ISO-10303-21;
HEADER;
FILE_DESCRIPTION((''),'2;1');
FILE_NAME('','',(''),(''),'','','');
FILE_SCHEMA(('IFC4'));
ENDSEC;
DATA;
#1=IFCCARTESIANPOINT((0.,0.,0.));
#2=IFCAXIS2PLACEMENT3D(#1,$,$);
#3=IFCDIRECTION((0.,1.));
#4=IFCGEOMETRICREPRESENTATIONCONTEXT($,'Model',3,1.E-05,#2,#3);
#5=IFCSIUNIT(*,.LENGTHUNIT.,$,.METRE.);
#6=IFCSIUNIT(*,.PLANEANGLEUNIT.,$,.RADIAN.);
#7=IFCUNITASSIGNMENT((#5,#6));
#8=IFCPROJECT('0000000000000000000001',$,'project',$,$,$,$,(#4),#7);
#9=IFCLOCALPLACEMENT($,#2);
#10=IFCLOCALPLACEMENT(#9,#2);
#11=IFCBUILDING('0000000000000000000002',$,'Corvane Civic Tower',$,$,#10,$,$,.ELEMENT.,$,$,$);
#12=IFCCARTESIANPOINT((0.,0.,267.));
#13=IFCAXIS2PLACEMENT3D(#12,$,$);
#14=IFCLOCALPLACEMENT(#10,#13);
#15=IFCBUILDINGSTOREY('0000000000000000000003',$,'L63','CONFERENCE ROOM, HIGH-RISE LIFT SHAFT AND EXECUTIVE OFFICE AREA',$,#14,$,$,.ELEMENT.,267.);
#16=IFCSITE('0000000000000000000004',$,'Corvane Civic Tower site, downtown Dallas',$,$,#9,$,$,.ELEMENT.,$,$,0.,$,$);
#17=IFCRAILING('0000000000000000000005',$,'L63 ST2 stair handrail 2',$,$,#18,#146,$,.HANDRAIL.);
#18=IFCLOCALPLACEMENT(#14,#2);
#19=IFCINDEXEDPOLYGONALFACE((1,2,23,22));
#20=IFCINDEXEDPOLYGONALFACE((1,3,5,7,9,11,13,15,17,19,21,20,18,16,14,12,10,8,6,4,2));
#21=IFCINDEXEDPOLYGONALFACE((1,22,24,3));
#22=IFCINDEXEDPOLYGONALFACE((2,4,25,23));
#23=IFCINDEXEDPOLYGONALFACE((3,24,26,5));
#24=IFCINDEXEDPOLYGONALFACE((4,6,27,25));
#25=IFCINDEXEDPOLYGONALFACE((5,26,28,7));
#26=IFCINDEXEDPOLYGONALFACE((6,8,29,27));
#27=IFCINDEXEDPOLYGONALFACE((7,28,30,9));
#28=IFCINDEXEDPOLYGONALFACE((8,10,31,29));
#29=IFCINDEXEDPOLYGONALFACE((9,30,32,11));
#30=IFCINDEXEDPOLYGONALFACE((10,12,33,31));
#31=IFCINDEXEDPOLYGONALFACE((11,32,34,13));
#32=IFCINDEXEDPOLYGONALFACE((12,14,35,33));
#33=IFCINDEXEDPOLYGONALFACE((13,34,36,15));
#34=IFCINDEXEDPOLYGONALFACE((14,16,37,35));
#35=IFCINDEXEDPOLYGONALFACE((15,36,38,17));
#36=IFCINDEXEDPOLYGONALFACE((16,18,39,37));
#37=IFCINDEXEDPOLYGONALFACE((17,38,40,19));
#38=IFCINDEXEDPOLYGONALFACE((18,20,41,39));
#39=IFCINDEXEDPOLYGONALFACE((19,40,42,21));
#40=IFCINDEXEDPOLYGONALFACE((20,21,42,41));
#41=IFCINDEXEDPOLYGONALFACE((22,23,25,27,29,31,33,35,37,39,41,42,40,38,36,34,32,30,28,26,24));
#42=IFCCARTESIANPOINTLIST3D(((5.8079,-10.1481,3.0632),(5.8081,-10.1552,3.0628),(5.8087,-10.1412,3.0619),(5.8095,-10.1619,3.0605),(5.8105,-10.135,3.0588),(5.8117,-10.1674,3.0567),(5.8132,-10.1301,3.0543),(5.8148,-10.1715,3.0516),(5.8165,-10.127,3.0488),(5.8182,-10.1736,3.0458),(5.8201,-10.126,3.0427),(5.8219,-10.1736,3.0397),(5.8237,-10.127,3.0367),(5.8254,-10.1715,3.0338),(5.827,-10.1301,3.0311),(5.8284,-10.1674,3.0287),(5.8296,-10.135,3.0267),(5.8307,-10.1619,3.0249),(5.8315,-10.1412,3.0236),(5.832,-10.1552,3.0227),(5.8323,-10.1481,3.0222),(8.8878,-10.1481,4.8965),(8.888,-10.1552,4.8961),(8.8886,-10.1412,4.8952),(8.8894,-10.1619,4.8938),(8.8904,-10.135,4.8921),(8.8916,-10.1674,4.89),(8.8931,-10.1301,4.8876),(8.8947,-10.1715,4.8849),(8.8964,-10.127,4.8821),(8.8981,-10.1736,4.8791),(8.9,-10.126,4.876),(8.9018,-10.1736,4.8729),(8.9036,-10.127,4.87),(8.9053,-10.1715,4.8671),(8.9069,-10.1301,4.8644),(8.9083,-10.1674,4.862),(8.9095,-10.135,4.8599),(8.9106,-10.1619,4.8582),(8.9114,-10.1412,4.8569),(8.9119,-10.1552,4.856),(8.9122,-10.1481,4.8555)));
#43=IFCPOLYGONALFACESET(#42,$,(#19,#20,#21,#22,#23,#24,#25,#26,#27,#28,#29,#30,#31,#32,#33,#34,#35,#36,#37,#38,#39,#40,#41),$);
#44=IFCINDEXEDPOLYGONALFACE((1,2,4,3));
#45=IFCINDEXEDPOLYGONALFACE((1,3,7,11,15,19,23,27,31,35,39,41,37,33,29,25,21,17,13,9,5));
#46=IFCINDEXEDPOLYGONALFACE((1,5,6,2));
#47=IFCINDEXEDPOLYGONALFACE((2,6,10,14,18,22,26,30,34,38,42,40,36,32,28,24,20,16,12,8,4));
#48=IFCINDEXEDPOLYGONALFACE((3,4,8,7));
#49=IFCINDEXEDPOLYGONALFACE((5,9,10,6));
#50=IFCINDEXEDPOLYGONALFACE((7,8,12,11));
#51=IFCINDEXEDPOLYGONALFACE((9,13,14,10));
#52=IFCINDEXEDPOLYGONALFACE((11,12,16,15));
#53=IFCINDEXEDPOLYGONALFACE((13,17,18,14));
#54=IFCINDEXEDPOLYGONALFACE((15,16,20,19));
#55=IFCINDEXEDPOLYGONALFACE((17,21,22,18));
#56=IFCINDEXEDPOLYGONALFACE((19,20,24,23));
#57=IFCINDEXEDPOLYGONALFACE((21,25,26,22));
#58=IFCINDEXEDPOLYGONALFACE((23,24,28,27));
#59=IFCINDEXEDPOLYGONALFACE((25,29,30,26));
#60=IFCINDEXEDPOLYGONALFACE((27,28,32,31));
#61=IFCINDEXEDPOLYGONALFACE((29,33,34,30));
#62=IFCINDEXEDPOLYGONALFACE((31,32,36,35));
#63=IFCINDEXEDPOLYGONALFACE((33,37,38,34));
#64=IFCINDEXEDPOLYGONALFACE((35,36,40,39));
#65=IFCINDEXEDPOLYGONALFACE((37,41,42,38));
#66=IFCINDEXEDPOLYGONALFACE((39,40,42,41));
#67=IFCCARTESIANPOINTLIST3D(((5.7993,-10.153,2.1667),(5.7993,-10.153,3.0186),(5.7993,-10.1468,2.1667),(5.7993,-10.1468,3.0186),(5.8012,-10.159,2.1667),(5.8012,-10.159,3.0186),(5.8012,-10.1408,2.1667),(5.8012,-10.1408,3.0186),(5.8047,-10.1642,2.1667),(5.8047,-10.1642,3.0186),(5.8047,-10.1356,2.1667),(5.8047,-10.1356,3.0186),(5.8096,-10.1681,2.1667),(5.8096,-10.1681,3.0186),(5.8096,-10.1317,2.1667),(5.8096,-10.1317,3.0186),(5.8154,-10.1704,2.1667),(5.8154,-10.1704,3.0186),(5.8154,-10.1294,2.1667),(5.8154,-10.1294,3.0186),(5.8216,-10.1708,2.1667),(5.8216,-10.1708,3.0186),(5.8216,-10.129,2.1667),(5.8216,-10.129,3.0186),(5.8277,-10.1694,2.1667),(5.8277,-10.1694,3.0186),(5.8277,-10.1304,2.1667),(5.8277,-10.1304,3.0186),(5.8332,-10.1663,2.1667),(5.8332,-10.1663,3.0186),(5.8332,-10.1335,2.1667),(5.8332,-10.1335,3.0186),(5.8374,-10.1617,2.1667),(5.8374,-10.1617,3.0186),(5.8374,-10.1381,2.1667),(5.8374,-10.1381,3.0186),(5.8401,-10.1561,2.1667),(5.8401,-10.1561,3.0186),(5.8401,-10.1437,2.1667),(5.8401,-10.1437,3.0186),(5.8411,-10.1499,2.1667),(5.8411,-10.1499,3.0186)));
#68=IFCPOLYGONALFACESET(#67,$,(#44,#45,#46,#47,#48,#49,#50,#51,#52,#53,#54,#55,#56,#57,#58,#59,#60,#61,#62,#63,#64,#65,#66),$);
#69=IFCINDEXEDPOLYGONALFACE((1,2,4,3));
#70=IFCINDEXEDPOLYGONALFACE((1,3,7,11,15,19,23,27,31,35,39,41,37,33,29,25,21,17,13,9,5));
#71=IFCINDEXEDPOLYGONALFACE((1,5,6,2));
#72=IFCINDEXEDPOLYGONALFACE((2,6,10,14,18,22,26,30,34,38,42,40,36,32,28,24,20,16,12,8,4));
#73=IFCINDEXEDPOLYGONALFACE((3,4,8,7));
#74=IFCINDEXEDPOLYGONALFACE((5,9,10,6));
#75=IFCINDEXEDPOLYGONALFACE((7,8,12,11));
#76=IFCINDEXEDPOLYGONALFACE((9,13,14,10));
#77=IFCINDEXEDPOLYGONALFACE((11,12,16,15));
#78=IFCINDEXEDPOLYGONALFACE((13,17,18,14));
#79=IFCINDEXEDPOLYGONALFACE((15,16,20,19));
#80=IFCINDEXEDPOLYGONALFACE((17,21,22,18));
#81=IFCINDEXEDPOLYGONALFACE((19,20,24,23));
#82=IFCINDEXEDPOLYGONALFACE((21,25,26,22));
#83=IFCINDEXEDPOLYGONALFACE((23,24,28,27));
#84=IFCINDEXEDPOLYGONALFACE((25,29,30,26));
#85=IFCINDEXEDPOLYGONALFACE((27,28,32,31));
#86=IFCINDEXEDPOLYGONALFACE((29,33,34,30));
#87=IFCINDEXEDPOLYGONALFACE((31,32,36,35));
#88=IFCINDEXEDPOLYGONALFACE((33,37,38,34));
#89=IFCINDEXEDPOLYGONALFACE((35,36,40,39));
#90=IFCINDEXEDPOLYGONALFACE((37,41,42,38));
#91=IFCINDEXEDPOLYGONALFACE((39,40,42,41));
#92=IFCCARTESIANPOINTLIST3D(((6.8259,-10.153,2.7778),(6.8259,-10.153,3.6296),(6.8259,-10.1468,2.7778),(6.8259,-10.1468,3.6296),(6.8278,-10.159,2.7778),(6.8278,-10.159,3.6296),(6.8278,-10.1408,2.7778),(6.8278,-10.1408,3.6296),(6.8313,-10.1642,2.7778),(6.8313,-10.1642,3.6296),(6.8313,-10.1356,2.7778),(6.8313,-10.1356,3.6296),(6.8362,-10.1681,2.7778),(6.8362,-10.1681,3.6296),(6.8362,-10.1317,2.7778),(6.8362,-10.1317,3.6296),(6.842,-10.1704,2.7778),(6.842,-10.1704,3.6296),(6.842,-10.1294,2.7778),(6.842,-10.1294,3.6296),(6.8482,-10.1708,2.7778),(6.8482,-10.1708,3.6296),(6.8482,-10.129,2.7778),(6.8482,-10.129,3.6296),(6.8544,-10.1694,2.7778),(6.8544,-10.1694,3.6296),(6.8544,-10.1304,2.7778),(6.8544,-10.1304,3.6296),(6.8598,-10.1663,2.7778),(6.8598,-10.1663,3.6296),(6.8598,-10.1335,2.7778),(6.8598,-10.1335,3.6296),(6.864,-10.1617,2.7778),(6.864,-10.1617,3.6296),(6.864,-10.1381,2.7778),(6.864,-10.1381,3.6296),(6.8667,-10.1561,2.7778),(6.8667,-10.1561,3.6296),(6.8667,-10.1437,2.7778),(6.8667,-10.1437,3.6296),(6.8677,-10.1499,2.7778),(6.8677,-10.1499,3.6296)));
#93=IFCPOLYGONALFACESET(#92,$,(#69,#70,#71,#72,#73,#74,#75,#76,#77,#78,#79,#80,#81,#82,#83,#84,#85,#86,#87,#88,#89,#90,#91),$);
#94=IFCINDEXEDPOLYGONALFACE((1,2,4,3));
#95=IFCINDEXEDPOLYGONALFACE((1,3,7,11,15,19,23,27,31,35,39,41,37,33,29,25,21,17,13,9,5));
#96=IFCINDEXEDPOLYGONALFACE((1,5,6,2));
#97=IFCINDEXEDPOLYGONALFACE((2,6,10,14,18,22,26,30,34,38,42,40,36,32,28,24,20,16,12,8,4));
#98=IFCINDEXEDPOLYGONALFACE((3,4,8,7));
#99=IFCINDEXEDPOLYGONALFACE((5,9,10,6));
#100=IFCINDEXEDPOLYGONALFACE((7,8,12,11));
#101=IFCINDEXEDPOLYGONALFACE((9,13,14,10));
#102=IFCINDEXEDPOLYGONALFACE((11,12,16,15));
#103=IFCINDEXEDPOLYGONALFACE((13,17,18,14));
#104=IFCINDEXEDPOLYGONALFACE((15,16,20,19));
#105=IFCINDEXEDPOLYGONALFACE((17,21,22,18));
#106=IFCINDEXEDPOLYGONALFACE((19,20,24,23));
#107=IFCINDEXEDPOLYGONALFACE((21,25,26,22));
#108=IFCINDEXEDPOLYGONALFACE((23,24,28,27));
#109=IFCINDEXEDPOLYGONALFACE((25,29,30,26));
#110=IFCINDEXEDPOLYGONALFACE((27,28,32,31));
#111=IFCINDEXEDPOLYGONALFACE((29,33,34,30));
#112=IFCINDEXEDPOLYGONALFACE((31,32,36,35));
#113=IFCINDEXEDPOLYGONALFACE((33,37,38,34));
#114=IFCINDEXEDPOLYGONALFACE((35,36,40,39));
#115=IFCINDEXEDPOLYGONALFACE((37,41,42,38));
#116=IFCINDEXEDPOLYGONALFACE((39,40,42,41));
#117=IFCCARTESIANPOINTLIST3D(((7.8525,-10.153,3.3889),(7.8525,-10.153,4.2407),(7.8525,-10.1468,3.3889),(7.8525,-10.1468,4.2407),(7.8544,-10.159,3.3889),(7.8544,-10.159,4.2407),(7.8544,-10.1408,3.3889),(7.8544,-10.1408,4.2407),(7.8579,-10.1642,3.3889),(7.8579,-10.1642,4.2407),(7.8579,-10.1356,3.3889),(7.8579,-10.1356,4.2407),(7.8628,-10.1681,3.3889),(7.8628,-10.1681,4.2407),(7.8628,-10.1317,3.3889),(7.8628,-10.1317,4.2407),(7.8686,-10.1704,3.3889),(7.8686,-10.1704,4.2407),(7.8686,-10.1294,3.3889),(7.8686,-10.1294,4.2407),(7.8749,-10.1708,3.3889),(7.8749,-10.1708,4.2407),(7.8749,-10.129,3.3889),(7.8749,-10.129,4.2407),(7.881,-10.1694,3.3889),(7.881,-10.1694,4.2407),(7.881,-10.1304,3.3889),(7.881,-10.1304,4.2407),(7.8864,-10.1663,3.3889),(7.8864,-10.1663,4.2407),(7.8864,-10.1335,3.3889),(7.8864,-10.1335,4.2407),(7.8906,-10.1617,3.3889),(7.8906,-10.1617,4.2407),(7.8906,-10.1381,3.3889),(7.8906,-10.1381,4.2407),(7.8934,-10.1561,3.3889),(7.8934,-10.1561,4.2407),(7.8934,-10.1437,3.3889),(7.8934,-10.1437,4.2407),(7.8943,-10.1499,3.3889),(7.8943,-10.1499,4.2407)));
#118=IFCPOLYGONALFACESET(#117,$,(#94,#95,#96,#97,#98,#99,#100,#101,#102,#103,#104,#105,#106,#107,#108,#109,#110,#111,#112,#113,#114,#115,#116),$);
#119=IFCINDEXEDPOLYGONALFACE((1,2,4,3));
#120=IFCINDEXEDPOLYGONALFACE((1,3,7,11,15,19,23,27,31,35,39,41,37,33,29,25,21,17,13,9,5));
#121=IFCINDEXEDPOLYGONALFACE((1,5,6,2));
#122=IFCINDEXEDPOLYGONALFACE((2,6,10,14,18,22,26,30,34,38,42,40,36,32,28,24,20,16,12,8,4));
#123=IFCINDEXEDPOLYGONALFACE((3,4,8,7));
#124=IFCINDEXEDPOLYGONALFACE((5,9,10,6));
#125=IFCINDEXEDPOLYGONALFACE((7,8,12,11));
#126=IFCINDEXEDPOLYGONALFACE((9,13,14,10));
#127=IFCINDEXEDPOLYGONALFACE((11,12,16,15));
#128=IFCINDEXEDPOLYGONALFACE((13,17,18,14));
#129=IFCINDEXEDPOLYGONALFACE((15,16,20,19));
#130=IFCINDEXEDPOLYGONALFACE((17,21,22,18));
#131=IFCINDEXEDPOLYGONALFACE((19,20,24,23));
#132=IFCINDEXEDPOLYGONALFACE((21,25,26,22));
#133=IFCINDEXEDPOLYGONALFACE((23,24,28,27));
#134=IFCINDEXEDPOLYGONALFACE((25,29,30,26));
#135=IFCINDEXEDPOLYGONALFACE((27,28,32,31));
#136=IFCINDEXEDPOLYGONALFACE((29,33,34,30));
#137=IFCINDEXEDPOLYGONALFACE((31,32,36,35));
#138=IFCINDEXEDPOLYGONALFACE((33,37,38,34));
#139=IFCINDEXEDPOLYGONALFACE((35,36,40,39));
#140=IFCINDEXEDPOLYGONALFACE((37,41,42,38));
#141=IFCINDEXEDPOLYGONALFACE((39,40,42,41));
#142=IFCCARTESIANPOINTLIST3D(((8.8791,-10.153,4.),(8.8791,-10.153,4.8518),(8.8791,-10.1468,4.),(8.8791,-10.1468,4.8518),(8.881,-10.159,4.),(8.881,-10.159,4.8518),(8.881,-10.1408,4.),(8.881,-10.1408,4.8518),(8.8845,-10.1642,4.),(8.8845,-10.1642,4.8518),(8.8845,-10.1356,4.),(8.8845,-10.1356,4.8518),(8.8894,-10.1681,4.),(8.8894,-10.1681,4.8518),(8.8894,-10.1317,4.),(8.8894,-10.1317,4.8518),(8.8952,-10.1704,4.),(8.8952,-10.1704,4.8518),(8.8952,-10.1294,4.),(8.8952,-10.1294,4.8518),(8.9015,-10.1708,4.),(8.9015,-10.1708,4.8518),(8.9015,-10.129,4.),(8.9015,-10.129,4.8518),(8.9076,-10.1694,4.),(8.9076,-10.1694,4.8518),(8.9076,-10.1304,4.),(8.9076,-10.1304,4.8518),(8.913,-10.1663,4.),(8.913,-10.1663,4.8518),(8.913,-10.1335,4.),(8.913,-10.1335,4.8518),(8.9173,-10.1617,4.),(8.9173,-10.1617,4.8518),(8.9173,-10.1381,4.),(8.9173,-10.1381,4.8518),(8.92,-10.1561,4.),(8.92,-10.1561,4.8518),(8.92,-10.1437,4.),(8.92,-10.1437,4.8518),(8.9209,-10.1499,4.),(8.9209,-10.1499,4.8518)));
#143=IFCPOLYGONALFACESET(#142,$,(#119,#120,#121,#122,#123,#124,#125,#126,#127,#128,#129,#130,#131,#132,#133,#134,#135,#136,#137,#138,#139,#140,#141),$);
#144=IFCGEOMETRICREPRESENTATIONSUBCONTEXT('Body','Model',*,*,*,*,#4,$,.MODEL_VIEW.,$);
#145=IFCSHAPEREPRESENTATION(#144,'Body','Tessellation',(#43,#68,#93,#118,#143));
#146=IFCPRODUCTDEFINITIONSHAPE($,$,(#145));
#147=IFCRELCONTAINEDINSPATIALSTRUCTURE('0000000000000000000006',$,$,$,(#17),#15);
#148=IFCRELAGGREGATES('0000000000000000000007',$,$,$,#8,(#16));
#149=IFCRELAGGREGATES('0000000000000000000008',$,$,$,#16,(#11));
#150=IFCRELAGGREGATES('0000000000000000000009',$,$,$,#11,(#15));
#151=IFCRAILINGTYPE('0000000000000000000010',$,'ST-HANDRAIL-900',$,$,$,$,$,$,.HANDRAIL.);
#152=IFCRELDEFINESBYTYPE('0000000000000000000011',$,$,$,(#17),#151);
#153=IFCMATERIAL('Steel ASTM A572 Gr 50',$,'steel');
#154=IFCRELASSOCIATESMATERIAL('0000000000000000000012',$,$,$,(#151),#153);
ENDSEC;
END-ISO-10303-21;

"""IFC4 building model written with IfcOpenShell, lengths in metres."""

from ifc_helpers import new_model, si_unit, direction, frame, origin, origin_2d, place, context, subcontext, project, spatial, circle, extrude, material, type_object, element, save


model = new_model("IFC4")

# Units and contexts
model_context = context("Model", 3, precision=1e-05, world=origin(), true_north=direction((0.0, 1.0)))
body_context = subcontext(model_context, "Body", "Model", "MODEL_VIEW")
ifc_project = project(units=[si_unit("LENGTHUNIT", "METRE"), si_unit("PLANEANGLEUNIT", "RADIAN")], contexts=[model_context])

# Site, building, storey
site_placement = place(None, origin())
site = spatial("IfcSite", under=ifc_project, at=site_placement, Name="Corvane Civic Tower site, downtown Dallas", CompositionType="ELEMENT", RefElevation=0.0)
building_placement = place(site_placement, origin())
building = spatial("IfcBuilding", under=site, at=building_placement, Name="Corvane Civic Tower", CompositionType="ELEMENT")
storey_placement = place(building_placement, frame((0.0, 0.0, 267.0)))
storey = spatial("IfcBuildingStorey", under=building, at=storey_placement, Name="L63", Description="CONFERENCE ROOM, HIGH-RISE LIFT SHAFT AND EXECUTIVE OFFICE AREA", CompositionType="ELEMENT", Elevation=267.0)

# Railing
ifc_material_1 = material(Name="Steel ASTM A572 Gr 50", Category="steel")
railing_type_1 = type_object("IfcRailingType", Name="ST-HANDRAIL-900", PredefinedType="HANDRAIL", material=ifc_material_1)
railing_1_placement = place(storey_placement, frame((5.8201, -10.1499, 2.1667)))
element("IfcRailing", 1, at=railing_1_placement, inside=storey, type_object=railing_type_1, Name="L63 ST2 stair handrail 2", PredefinedType="HANDRAIL", context=body_context, shape_type="SweptSolid", body=[
    extrude(circle(Radius=0.0239, at=origin_2d()), frame((0.0, 0.0, 0.876), z_axis=(0.859291, 0.0, 0.511487), x_axis=(0.0, 1.0, 0.0)), (0.0, 0.0, 1.0), 3.5842),
    extrude(circle(Radius=0.021, at=origin_2d()), origin(), (0.0, 0.0, 1.0), 0.8518),
    extrude(circle(Radius=0.021, at=origin_2d()), frame((1.0266, 0.0, 0.6111)), (0.0, 0.0, 1.0), 0.8518),
    extrude(circle(Radius=0.021, at=origin_2d()), frame((2.0532, 0.0, 1.2222)), (0.0, 0.0, 1.0), 0.8518),
    extrude(circle(Radius=0.021, at=origin_2d()), frame((3.0798, 0.0, 1.8333)), (0.0, 0.0, 1.0), 0.8518),
])

save(model, "model.ifc")
